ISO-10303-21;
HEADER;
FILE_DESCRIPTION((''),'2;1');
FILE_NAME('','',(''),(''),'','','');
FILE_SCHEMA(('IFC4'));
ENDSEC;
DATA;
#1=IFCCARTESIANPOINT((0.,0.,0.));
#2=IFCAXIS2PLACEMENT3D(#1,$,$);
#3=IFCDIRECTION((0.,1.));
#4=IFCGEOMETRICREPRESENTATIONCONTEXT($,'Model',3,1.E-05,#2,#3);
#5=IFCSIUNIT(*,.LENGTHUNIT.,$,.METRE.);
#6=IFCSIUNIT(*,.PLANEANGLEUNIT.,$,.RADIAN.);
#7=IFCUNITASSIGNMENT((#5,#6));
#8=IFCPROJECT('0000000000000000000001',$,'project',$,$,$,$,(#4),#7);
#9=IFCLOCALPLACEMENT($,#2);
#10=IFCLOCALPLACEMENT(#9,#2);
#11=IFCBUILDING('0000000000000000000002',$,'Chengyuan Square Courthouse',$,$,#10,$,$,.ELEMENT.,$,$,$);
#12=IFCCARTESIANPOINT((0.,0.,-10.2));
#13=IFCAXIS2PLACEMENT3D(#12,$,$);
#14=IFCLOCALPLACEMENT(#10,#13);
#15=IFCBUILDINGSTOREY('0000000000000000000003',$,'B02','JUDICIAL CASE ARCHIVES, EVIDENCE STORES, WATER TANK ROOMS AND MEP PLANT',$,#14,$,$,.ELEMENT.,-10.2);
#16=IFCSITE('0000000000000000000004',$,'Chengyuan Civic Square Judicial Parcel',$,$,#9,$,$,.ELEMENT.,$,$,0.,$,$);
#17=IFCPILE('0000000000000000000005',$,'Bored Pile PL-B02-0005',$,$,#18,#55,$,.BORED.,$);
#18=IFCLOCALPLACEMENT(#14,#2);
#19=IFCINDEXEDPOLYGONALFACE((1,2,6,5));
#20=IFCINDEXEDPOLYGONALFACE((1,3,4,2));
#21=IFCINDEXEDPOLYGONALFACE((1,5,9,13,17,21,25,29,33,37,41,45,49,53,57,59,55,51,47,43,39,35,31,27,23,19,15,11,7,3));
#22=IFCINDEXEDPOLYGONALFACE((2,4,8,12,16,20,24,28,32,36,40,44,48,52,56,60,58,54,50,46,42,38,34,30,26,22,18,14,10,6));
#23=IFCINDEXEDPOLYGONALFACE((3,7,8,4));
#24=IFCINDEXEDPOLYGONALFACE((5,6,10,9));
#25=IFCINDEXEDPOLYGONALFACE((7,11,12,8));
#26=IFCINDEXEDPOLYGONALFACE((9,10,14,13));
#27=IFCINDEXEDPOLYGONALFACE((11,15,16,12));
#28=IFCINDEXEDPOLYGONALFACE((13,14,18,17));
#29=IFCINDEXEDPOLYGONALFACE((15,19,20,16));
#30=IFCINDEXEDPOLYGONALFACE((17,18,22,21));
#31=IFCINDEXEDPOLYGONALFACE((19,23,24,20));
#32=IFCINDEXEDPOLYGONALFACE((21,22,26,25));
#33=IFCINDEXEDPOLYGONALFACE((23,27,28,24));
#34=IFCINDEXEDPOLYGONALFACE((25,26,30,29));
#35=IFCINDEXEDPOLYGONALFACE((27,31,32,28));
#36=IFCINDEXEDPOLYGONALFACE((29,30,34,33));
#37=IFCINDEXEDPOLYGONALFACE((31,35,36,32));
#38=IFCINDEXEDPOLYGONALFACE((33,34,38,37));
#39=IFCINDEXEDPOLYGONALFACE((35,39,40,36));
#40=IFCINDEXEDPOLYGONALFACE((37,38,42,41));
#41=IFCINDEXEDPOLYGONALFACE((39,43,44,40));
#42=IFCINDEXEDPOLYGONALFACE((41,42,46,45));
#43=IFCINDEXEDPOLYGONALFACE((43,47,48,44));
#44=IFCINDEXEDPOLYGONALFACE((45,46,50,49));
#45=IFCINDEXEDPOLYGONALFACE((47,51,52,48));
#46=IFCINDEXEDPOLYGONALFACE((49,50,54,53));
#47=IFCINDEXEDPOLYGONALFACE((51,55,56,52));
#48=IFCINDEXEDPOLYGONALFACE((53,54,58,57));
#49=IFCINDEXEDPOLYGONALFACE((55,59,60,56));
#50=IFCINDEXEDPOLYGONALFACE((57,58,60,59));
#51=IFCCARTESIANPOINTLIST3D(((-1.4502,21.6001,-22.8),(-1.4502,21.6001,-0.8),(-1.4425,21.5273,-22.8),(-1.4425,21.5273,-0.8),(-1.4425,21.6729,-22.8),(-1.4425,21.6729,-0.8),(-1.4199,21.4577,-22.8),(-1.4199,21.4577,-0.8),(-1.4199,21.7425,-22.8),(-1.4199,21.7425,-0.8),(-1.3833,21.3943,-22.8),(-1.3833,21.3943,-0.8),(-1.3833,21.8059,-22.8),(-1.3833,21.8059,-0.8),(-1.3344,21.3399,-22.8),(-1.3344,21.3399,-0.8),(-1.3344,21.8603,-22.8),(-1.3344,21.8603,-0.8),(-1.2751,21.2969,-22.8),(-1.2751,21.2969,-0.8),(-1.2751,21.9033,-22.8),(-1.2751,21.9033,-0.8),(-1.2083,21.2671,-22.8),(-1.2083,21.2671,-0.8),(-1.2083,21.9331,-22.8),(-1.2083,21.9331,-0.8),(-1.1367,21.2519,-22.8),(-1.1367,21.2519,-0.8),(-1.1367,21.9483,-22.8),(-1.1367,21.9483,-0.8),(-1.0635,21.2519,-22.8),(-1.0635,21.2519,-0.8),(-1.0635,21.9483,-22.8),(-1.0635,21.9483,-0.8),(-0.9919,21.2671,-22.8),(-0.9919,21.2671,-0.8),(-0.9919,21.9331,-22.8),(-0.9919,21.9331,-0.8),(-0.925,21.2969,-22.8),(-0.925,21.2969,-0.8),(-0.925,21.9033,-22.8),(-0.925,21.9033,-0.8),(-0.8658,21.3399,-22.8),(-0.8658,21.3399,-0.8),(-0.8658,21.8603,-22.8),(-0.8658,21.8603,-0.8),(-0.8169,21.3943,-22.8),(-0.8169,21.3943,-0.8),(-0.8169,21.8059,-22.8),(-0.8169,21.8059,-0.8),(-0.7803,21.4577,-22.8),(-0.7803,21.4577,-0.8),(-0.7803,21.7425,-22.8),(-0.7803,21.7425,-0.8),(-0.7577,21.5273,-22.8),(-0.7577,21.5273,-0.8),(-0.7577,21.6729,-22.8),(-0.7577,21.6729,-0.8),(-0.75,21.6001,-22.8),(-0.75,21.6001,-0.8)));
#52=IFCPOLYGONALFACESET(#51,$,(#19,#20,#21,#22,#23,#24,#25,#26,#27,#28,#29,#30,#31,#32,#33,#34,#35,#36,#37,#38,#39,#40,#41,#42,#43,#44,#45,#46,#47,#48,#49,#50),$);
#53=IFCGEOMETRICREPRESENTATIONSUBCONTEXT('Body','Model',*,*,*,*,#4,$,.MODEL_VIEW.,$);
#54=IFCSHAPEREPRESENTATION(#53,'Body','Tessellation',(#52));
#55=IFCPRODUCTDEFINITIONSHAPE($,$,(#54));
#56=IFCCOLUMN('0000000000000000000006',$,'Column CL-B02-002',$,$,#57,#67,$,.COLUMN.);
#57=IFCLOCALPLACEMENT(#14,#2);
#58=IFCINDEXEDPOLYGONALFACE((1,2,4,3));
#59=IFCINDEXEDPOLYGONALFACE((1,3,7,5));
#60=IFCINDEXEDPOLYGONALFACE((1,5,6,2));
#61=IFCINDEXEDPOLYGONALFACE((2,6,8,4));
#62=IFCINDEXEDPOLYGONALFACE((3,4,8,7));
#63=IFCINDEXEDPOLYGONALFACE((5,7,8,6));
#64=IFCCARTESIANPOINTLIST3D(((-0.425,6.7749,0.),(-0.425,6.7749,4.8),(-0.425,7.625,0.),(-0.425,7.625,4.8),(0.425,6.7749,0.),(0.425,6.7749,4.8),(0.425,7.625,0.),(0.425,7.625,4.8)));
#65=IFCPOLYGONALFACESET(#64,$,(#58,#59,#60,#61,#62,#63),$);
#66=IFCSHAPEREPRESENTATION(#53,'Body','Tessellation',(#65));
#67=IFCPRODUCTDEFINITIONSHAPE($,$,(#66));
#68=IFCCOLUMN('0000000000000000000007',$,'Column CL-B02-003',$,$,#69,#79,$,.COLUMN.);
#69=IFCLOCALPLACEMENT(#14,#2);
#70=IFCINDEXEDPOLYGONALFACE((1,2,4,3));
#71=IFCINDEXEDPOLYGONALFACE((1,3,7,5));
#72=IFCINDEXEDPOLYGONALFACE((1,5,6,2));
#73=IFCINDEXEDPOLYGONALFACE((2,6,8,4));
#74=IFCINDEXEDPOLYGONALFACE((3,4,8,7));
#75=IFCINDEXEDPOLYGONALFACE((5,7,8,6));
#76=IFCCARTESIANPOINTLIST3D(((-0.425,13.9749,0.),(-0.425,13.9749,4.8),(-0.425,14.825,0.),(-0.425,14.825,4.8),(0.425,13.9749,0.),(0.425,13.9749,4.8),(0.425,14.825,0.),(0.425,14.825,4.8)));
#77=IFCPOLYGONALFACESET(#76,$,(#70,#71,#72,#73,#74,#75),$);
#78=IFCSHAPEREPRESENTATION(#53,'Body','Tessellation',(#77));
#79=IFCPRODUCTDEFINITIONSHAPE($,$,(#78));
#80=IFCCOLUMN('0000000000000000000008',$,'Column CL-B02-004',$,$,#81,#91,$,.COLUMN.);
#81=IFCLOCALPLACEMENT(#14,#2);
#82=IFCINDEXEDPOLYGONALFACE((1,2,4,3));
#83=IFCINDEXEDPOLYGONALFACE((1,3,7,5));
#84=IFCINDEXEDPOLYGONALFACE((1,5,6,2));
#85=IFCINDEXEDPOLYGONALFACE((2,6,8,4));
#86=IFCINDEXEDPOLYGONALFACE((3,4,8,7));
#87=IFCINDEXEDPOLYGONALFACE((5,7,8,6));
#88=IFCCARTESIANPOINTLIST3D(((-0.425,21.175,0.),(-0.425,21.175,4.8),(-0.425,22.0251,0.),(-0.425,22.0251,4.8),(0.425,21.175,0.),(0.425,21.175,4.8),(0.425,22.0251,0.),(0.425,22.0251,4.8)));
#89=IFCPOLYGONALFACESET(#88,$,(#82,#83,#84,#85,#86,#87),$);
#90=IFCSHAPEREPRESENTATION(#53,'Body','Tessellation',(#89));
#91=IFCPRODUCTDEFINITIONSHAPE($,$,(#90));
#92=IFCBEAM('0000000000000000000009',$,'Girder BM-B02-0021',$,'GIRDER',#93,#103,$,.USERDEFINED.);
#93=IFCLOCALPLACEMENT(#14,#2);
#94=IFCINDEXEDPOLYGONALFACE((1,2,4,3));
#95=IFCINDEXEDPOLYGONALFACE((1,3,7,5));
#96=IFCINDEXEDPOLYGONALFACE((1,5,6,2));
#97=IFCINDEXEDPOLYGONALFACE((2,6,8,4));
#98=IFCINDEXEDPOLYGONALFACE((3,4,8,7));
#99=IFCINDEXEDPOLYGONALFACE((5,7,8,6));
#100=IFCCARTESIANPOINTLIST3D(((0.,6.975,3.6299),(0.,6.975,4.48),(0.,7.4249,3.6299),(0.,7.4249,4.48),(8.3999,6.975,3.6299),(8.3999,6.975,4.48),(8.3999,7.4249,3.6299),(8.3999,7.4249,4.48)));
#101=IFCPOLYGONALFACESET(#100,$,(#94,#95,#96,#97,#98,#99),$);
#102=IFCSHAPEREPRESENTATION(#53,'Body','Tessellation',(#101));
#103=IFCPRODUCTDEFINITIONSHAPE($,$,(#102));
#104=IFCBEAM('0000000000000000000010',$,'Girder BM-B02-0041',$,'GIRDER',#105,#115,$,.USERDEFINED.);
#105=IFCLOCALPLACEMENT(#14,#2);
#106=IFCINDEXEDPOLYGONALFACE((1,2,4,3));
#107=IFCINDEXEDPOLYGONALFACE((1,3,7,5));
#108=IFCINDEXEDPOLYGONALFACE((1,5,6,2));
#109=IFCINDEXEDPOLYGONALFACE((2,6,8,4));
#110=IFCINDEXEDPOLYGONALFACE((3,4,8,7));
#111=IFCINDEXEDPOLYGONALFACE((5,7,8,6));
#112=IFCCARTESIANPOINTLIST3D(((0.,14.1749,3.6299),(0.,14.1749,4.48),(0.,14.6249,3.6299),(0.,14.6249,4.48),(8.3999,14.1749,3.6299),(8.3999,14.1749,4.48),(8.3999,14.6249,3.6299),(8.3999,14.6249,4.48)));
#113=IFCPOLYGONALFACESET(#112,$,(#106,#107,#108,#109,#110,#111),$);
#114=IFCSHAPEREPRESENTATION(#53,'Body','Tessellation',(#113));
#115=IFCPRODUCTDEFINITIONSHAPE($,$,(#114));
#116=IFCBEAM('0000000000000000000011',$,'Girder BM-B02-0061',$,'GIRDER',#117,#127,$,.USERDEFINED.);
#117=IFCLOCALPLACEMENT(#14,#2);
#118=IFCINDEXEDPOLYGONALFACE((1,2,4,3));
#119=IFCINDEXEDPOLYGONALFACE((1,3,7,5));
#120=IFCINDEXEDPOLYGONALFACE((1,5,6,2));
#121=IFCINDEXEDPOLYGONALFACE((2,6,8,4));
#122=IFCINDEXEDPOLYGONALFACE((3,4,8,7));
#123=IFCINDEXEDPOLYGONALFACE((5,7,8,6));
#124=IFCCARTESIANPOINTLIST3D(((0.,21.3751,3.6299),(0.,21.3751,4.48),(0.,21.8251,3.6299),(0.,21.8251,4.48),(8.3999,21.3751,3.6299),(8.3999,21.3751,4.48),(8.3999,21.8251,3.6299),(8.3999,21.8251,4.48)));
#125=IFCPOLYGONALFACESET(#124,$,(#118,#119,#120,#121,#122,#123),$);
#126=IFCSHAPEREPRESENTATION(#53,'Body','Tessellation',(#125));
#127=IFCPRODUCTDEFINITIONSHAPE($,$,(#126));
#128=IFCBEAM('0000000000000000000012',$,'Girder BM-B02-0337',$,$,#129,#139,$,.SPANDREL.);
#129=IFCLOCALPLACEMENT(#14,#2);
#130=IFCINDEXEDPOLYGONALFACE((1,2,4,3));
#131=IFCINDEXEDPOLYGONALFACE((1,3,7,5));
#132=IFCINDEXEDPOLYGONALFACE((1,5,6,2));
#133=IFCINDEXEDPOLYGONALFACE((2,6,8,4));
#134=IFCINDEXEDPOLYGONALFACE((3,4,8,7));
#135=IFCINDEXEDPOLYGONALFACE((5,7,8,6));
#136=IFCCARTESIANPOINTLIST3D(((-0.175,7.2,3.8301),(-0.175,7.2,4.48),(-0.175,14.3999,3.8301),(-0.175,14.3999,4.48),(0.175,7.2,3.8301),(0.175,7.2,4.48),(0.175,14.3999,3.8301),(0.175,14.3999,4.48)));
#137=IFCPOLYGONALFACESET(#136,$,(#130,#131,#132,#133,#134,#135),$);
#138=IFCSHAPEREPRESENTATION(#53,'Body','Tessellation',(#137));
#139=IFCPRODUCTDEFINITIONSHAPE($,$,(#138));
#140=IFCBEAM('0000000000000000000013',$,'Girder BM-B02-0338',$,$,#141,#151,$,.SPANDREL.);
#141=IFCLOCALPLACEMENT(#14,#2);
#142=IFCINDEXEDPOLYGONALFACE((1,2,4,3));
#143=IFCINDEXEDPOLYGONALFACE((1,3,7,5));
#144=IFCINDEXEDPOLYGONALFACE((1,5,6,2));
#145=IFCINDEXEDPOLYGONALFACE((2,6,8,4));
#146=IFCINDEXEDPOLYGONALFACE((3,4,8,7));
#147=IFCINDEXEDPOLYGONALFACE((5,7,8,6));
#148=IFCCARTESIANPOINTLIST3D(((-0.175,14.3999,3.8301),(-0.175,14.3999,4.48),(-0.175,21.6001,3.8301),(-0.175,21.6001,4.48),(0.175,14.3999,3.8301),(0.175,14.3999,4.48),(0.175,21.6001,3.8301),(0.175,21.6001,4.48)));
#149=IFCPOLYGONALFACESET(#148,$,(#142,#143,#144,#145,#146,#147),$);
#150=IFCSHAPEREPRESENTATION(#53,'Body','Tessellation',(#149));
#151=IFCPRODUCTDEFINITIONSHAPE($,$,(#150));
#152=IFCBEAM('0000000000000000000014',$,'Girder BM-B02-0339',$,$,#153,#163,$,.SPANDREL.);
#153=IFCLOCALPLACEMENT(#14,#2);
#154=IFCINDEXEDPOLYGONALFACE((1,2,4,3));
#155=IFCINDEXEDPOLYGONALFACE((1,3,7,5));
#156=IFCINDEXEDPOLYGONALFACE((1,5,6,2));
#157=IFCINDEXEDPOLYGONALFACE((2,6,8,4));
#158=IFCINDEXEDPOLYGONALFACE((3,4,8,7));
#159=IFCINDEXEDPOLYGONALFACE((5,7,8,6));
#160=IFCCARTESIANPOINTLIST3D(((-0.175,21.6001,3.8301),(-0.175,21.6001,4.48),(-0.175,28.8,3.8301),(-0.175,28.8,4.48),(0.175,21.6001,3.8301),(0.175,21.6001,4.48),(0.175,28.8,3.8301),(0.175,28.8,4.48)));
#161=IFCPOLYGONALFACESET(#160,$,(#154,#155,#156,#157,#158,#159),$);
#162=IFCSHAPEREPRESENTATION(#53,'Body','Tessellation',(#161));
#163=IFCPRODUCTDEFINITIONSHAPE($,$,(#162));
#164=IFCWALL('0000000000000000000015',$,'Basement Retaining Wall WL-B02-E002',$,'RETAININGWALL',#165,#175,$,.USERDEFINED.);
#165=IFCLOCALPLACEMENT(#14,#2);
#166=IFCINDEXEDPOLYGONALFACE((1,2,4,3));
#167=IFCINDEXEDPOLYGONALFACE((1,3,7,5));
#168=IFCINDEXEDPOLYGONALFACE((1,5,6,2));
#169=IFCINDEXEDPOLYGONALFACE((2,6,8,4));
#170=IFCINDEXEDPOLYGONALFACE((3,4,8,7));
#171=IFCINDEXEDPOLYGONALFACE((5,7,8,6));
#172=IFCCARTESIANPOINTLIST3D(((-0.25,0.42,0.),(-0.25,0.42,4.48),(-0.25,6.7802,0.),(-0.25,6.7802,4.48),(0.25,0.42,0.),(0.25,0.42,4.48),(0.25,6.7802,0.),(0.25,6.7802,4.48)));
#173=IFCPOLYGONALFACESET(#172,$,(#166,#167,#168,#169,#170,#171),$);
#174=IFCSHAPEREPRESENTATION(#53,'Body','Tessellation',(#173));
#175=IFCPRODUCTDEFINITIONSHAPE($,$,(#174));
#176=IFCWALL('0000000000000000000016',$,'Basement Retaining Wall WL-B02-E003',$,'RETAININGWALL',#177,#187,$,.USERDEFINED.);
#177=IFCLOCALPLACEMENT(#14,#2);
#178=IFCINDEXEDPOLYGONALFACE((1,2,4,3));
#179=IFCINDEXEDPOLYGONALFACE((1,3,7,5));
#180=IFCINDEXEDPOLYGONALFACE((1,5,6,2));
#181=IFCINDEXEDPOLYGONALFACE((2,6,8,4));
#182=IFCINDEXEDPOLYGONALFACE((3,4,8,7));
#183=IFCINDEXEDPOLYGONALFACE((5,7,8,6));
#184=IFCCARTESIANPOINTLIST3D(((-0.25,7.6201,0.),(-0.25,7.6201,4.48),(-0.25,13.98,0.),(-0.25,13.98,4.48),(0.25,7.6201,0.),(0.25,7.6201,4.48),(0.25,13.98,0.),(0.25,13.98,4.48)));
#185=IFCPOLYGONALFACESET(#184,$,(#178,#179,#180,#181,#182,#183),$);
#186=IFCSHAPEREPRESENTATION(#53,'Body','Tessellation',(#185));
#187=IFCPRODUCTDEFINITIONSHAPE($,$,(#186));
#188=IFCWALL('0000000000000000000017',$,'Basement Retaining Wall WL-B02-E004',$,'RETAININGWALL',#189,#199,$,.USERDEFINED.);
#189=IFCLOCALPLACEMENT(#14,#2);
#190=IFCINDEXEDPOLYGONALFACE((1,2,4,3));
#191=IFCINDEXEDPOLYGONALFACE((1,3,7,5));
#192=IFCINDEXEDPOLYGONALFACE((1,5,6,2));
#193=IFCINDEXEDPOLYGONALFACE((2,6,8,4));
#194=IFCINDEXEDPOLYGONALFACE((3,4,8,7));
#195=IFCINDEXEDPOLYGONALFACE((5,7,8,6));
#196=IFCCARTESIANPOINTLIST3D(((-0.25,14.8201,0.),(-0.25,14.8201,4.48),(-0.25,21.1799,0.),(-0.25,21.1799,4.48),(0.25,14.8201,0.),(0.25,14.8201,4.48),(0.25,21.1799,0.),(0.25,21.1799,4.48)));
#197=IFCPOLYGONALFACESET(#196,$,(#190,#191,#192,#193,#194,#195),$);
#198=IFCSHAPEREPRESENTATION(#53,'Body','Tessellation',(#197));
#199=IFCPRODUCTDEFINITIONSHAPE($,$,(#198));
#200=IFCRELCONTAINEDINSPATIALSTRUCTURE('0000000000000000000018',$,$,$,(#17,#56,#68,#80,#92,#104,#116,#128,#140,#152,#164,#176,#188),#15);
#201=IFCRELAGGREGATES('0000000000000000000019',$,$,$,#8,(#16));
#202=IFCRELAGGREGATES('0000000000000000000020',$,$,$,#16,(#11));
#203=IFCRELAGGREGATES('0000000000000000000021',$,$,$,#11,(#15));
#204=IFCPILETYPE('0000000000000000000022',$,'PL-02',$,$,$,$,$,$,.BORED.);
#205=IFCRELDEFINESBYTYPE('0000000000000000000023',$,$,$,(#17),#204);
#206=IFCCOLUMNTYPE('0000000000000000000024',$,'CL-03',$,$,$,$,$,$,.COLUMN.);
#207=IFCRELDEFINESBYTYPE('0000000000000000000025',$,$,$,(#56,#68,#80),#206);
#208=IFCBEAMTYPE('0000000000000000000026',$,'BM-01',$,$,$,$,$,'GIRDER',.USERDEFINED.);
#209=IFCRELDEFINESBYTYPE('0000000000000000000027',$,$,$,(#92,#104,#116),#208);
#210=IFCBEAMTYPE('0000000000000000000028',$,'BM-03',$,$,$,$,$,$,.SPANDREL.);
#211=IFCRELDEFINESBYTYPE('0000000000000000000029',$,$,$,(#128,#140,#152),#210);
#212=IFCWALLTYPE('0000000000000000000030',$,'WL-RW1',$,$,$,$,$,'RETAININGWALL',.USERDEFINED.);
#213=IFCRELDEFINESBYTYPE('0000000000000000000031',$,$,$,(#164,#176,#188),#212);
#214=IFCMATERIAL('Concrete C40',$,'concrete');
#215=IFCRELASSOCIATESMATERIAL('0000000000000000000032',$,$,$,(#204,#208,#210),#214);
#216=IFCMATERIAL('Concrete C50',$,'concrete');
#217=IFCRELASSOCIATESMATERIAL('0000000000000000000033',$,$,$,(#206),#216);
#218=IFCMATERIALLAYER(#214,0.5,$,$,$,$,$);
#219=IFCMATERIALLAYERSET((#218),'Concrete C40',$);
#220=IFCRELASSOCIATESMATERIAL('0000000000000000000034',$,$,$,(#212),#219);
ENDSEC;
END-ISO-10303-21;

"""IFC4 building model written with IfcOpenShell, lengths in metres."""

from ifc_helpers import new_model, si_unit, direction, frame, frame_2d, origin, origin_2d, place, context, subcontext, project, spatial, rectangle, circle, extrude, material, layer, layer_set, material_profile, profile_set, type_object, element, save


model = new_model("IFC4")

# Units and contexts
model_context = context("Model", 3, precision=1e-05, world=origin(), true_north=direction((0.0, 1.0)))
body_context = subcontext(model_context, "Body", "Model", "MODEL_VIEW")
ifc_project = project(units=[si_unit("LENGTHUNIT", "METRE"), si_unit("PLANEANGLEUNIT", "RADIAN")], contexts=[model_context])

# Site, building, storey
site_placement = place(None, origin())
site = spatial("IfcSite", under=ifc_project, at=site_placement, Name="Chengyuan Civic Square Judicial Parcel", CompositionType="ELEMENT", RefElevation=0.0)
building_placement = place(site_placement, origin())
building = spatial("IfcBuilding", under=site, at=building_placement, Name="Chengyuan Square Courthouse", CompositionType="ELEMENT")
storey_placement = place(building_placement, frame((0.0, 0.0, -10.2)))
storey = spatial("IfcBuildingStorey", under=building, at=storey_placement, Name="B02", Description="JUDICIAL CASE ARCHIVES, EVIDENCE STORES, WATER TANK ROOMS AND MEP PLANT", CompositionType="ELEMENT", Elevation=-10.2)

# Shared definitions
ifc_material_1 = material(Name="Concrete C40", Category="concrete")

# Pile
ifc_material_profile_1 = material_profile(ifc_material_1, circle(Radius=0.3501, at=origin_2d()), Name="BORED PILE D700")
ifc_profile_set_1 = profile_set([ifc_material_profile_1], Name="Concrete C40")
pile_type_1 = type_object("IfcPileType", Name="PL-02", PredefinedType="BORED", material=ifc_profile_set_1)
for number, where, z_axis, x_axis, name in (
    (1, (-1.1001, 21.6001, -0.8), (0.0, 0.0, -1.0), (1.0, 0.0, 0.0), "Bored Pile PL-B02-0005"),
):
    element("IfcPile", number, at=place(storey_placement, frame(where, z_axis=z_axis, x_axis=x_axis)), inside=storey, type_object=pile_type_1, Name=name, PredefinedType="BORED", context=body_context, shape_type="SweptSolid", body=[
        extrude(circle(Radius=0.3501, at=origin_2d()), origin(), (0.0, 0.0, 1.0), 22.0),
    ])

# Columns
ifc_material_2 = material(Name="Concrete C50", Category="concrete")
ifc_material_profile_2 = material_profile(ifc_material_2, rectangle(XDim=0.8501, YDim=0.8501, at=origin_2d()), Name="RC-COL-850x850")
ifc_profile_set_2 = profile_set([ifc_material_profile_2], Name="Concrete C50")
column_type = type_object("IfcColumnType", Name="CL-03", PredefinedType="COLUMN", material=ifc_profile_set_2)
for number, where, z_axis, x_axis, name in (
    (2, (0.0, 7.2, 0.0), (0.0, 0.0, 1.0), (1.0, 0.0, 0.0), "Column CL-B02-002"),
    (3, (0.0, 14.3999, 0.0), (0.0, 0.0, 1.0), (1.0, 0.0, 0.0), "Column CL-B02-003"),
    (4, (0.0, 21.6001, 0.0), (0.0, 0.0, 1.0), (1.0, 0.0, 0.0), "Column CL-B02-004"),
):
    element("IfcColumn", number, at=place(storey_placement, frame(where, z_axis=z_axis, x_axis=x_axis)), inside=storey, type_object=column_type, Name=name, PredefinedType="COLUMN", context=body_context, shape_type="SweptSolid", body=[
        extrude(rectangle(XDim=0.8501, YDim=0.8501, at=origin_2d()), origin(), (0.0, 0.0, 1.0), 4.8),
    ])

# Beams
ifc_material_profile_3 = material_profile(ifc_material_1, rectangle(XDim=0.45, YDim=0.8501, at=origin_2d()), Name="RC-BM-450x850")
ifc_profile_set_3 = profile_set([ifc_material_profile_3], Name="Concrete C40")
beam_type_1 = type_object("IfcBeamType", Name="BM-01", ElementType="GIRDER", PredefinedType="USERDEFINED", material=ifc_profile_set_3)
for number, where, z_axis, x_axis, name in (
    (5, (0.0, 7.2, 4.0549), (1.0, 0.0, 0.0), (0.0, 1.0, 0.0), "Girder BM-B02-0021"),
    (6, (0.0, 14.3999, 4.0549), (1.0, 0.0, 0.0), (0.0, 1.0, 0.0), "Girder BM-B02-0041"),
    (7, (0.0, 21.6001, 4.0549), (1.0, 0.0, 0.0), (0.0, 1.0, 0.0), "Girder BM-B02-0061"),
):
    element("IfcBeam", number, at=place(storey_placement, frame(where, z_axis=z_axis, x_axis=x_axis)), inside=storey, type_object=beam_type_1, Name=name, ObjectType="GIRDER", PredefinedType="USERDEFINED", context=body_context, shape_type="SweptSolid", body=[
        extrude(rectangle(XDim=0.45, YDim=0.8501, at=origin_2d()), origin(), (0.0, 0.0, 1.0), 8.3999),
    ])
ifc_material_profile_4 = material_profile(ifc_material_1, rectangle(XDim=0.3501, YDim=0.6499, at=origin_2d()), Name="RC-BM-350x650")
ifc_profile_set_4 = profile_set([ifc_material_profile_4], Name="Concrete C40")
beam_type_2 = type_object("IfcBeamType", Name="BM-03", PredefinedType="SPANDREL", material=ifc_profile_set_4)
beam_1_placement = place(storey_placement, frame((0.0, 7.2, 4.155), z_axis=(0.0, 1.0, 0.0), x_axis=(-1.0, 0.0, 0.0)))
element("IfcBeam", 8, at=beam_1_placement, inside=storey, type_object=beam_type_2, Name="Girder BM-B02-0337", PredefinedType="SPANDREL", context=body_context, shape_type="SweptSolid", body=[
    extrude(rectangle(XDim=0.3501, YDim=0.6499, at=origin_2d()), origin(), (0.0, 0.0, 1.0), 7.2),
])
beam_2_placement = place(storey_placement, frame((0.0, 14.3999, 4.155), z_axis=(0.0, 1.0, 0.0), x_axis=(-1.0, 0.0, 0.0)))
element("IfcBeam", 9, at=beam_2_placement, inside=storey, type_object=beam_type_2, Name="Girder BM-B02-0338", PredefinedType="SPANDREL", context=body_context, shape_type="SweptSolid", body=[
    extrude(rectangle(XDim=0.3501, YDim=0.6499, at=origin_2d()), origin(), (0.0, 0.0, 1.0), 7.2002),
])
beam_3_placement = place(storey_placement, frame((0.0, 21.6001, 4.155), z_axis=(0.0, 1.0, 0.0), x_axis=(-1.0, 0.0, 0.0)))
element("IfcBeam", 10, at=beam_3_placement, inside=storey, type_object=beam_type_2, Name="Girder BM-B02-0339", PredefinedType="SPANDREL", context=body_context, shape_type="SweptSolid", body=[
    extrude(rectangle(XDim=0.3501, YDim=0.6499, at=origin_2d()), origin(), (0.0, 0.0, 1.0), 7.2),
])

# Walls
ifc_layer_1 = layer(ifc_material_1, 0.5)
ifc_layer_set_1 = layer_set([ifc_layer_1], Name="Concrete C40")
wall_type = type_object("IfcWallType", Name="WL-RW1", ElementType="RETAININGWALL", PredefinedType="USERDEFINED", material=ifc_layer_set_1)
wall_placement = place(storey_placement, frame((0.0, 0.4199, 0.0), z_axis=(0.0, 0.0, 1.0), x_axis=(0.0, 1.0, 0.0)))
element("IfcWall", 11, at=wall_placement, inside=storey, type_object=wall_type, Name="Basement Retaining Wall WL-B02-E002", ObjectType="RETAININGWALL", PredefinedType="USERDEFINED", context=body_context, shape_type="SweptSolid", body=[
    extrude(rectangle(XDim=6.3601, YDim=0.5, at=frame_2d((3.1802, 0.0))), origin(), (0.0, 0.0, 1.0), 4.48),
])
for number, where, z_axis, x_axis, name in (
    (12, (0.0, 7.6201, 0.0), (0.0, 0.0, 1.0), (0.0, 1.0, 0.0), "Basement Retaining Wall WL-B02-E003"),
    (13, (0.0, 14.8201, 0.0), (0.0, 0.0, 1.0), (0.0, 1.0, 0.0), "Basement Retaining Wall WL-B02-E004"),
):
    element("IfcWall", number, at=place(storey_placement, frame(where, z_axis=z_axis, x_axis=x_axis)), inside=storey, type_object=wall_type, Name=name, ObjectType="RETAININGWALL", PredefinedType="USERDEFINED", context=body_context, shape_type="SweptSolid", body=[
        extrude(rectangle(XDim=6.3599, YDim=0.5, at=frame_2d((3.1799, 0.0))), origin(), (0.0, 0.0, 1.0), 4.48),
    ])

save(model, "model.ifc")
